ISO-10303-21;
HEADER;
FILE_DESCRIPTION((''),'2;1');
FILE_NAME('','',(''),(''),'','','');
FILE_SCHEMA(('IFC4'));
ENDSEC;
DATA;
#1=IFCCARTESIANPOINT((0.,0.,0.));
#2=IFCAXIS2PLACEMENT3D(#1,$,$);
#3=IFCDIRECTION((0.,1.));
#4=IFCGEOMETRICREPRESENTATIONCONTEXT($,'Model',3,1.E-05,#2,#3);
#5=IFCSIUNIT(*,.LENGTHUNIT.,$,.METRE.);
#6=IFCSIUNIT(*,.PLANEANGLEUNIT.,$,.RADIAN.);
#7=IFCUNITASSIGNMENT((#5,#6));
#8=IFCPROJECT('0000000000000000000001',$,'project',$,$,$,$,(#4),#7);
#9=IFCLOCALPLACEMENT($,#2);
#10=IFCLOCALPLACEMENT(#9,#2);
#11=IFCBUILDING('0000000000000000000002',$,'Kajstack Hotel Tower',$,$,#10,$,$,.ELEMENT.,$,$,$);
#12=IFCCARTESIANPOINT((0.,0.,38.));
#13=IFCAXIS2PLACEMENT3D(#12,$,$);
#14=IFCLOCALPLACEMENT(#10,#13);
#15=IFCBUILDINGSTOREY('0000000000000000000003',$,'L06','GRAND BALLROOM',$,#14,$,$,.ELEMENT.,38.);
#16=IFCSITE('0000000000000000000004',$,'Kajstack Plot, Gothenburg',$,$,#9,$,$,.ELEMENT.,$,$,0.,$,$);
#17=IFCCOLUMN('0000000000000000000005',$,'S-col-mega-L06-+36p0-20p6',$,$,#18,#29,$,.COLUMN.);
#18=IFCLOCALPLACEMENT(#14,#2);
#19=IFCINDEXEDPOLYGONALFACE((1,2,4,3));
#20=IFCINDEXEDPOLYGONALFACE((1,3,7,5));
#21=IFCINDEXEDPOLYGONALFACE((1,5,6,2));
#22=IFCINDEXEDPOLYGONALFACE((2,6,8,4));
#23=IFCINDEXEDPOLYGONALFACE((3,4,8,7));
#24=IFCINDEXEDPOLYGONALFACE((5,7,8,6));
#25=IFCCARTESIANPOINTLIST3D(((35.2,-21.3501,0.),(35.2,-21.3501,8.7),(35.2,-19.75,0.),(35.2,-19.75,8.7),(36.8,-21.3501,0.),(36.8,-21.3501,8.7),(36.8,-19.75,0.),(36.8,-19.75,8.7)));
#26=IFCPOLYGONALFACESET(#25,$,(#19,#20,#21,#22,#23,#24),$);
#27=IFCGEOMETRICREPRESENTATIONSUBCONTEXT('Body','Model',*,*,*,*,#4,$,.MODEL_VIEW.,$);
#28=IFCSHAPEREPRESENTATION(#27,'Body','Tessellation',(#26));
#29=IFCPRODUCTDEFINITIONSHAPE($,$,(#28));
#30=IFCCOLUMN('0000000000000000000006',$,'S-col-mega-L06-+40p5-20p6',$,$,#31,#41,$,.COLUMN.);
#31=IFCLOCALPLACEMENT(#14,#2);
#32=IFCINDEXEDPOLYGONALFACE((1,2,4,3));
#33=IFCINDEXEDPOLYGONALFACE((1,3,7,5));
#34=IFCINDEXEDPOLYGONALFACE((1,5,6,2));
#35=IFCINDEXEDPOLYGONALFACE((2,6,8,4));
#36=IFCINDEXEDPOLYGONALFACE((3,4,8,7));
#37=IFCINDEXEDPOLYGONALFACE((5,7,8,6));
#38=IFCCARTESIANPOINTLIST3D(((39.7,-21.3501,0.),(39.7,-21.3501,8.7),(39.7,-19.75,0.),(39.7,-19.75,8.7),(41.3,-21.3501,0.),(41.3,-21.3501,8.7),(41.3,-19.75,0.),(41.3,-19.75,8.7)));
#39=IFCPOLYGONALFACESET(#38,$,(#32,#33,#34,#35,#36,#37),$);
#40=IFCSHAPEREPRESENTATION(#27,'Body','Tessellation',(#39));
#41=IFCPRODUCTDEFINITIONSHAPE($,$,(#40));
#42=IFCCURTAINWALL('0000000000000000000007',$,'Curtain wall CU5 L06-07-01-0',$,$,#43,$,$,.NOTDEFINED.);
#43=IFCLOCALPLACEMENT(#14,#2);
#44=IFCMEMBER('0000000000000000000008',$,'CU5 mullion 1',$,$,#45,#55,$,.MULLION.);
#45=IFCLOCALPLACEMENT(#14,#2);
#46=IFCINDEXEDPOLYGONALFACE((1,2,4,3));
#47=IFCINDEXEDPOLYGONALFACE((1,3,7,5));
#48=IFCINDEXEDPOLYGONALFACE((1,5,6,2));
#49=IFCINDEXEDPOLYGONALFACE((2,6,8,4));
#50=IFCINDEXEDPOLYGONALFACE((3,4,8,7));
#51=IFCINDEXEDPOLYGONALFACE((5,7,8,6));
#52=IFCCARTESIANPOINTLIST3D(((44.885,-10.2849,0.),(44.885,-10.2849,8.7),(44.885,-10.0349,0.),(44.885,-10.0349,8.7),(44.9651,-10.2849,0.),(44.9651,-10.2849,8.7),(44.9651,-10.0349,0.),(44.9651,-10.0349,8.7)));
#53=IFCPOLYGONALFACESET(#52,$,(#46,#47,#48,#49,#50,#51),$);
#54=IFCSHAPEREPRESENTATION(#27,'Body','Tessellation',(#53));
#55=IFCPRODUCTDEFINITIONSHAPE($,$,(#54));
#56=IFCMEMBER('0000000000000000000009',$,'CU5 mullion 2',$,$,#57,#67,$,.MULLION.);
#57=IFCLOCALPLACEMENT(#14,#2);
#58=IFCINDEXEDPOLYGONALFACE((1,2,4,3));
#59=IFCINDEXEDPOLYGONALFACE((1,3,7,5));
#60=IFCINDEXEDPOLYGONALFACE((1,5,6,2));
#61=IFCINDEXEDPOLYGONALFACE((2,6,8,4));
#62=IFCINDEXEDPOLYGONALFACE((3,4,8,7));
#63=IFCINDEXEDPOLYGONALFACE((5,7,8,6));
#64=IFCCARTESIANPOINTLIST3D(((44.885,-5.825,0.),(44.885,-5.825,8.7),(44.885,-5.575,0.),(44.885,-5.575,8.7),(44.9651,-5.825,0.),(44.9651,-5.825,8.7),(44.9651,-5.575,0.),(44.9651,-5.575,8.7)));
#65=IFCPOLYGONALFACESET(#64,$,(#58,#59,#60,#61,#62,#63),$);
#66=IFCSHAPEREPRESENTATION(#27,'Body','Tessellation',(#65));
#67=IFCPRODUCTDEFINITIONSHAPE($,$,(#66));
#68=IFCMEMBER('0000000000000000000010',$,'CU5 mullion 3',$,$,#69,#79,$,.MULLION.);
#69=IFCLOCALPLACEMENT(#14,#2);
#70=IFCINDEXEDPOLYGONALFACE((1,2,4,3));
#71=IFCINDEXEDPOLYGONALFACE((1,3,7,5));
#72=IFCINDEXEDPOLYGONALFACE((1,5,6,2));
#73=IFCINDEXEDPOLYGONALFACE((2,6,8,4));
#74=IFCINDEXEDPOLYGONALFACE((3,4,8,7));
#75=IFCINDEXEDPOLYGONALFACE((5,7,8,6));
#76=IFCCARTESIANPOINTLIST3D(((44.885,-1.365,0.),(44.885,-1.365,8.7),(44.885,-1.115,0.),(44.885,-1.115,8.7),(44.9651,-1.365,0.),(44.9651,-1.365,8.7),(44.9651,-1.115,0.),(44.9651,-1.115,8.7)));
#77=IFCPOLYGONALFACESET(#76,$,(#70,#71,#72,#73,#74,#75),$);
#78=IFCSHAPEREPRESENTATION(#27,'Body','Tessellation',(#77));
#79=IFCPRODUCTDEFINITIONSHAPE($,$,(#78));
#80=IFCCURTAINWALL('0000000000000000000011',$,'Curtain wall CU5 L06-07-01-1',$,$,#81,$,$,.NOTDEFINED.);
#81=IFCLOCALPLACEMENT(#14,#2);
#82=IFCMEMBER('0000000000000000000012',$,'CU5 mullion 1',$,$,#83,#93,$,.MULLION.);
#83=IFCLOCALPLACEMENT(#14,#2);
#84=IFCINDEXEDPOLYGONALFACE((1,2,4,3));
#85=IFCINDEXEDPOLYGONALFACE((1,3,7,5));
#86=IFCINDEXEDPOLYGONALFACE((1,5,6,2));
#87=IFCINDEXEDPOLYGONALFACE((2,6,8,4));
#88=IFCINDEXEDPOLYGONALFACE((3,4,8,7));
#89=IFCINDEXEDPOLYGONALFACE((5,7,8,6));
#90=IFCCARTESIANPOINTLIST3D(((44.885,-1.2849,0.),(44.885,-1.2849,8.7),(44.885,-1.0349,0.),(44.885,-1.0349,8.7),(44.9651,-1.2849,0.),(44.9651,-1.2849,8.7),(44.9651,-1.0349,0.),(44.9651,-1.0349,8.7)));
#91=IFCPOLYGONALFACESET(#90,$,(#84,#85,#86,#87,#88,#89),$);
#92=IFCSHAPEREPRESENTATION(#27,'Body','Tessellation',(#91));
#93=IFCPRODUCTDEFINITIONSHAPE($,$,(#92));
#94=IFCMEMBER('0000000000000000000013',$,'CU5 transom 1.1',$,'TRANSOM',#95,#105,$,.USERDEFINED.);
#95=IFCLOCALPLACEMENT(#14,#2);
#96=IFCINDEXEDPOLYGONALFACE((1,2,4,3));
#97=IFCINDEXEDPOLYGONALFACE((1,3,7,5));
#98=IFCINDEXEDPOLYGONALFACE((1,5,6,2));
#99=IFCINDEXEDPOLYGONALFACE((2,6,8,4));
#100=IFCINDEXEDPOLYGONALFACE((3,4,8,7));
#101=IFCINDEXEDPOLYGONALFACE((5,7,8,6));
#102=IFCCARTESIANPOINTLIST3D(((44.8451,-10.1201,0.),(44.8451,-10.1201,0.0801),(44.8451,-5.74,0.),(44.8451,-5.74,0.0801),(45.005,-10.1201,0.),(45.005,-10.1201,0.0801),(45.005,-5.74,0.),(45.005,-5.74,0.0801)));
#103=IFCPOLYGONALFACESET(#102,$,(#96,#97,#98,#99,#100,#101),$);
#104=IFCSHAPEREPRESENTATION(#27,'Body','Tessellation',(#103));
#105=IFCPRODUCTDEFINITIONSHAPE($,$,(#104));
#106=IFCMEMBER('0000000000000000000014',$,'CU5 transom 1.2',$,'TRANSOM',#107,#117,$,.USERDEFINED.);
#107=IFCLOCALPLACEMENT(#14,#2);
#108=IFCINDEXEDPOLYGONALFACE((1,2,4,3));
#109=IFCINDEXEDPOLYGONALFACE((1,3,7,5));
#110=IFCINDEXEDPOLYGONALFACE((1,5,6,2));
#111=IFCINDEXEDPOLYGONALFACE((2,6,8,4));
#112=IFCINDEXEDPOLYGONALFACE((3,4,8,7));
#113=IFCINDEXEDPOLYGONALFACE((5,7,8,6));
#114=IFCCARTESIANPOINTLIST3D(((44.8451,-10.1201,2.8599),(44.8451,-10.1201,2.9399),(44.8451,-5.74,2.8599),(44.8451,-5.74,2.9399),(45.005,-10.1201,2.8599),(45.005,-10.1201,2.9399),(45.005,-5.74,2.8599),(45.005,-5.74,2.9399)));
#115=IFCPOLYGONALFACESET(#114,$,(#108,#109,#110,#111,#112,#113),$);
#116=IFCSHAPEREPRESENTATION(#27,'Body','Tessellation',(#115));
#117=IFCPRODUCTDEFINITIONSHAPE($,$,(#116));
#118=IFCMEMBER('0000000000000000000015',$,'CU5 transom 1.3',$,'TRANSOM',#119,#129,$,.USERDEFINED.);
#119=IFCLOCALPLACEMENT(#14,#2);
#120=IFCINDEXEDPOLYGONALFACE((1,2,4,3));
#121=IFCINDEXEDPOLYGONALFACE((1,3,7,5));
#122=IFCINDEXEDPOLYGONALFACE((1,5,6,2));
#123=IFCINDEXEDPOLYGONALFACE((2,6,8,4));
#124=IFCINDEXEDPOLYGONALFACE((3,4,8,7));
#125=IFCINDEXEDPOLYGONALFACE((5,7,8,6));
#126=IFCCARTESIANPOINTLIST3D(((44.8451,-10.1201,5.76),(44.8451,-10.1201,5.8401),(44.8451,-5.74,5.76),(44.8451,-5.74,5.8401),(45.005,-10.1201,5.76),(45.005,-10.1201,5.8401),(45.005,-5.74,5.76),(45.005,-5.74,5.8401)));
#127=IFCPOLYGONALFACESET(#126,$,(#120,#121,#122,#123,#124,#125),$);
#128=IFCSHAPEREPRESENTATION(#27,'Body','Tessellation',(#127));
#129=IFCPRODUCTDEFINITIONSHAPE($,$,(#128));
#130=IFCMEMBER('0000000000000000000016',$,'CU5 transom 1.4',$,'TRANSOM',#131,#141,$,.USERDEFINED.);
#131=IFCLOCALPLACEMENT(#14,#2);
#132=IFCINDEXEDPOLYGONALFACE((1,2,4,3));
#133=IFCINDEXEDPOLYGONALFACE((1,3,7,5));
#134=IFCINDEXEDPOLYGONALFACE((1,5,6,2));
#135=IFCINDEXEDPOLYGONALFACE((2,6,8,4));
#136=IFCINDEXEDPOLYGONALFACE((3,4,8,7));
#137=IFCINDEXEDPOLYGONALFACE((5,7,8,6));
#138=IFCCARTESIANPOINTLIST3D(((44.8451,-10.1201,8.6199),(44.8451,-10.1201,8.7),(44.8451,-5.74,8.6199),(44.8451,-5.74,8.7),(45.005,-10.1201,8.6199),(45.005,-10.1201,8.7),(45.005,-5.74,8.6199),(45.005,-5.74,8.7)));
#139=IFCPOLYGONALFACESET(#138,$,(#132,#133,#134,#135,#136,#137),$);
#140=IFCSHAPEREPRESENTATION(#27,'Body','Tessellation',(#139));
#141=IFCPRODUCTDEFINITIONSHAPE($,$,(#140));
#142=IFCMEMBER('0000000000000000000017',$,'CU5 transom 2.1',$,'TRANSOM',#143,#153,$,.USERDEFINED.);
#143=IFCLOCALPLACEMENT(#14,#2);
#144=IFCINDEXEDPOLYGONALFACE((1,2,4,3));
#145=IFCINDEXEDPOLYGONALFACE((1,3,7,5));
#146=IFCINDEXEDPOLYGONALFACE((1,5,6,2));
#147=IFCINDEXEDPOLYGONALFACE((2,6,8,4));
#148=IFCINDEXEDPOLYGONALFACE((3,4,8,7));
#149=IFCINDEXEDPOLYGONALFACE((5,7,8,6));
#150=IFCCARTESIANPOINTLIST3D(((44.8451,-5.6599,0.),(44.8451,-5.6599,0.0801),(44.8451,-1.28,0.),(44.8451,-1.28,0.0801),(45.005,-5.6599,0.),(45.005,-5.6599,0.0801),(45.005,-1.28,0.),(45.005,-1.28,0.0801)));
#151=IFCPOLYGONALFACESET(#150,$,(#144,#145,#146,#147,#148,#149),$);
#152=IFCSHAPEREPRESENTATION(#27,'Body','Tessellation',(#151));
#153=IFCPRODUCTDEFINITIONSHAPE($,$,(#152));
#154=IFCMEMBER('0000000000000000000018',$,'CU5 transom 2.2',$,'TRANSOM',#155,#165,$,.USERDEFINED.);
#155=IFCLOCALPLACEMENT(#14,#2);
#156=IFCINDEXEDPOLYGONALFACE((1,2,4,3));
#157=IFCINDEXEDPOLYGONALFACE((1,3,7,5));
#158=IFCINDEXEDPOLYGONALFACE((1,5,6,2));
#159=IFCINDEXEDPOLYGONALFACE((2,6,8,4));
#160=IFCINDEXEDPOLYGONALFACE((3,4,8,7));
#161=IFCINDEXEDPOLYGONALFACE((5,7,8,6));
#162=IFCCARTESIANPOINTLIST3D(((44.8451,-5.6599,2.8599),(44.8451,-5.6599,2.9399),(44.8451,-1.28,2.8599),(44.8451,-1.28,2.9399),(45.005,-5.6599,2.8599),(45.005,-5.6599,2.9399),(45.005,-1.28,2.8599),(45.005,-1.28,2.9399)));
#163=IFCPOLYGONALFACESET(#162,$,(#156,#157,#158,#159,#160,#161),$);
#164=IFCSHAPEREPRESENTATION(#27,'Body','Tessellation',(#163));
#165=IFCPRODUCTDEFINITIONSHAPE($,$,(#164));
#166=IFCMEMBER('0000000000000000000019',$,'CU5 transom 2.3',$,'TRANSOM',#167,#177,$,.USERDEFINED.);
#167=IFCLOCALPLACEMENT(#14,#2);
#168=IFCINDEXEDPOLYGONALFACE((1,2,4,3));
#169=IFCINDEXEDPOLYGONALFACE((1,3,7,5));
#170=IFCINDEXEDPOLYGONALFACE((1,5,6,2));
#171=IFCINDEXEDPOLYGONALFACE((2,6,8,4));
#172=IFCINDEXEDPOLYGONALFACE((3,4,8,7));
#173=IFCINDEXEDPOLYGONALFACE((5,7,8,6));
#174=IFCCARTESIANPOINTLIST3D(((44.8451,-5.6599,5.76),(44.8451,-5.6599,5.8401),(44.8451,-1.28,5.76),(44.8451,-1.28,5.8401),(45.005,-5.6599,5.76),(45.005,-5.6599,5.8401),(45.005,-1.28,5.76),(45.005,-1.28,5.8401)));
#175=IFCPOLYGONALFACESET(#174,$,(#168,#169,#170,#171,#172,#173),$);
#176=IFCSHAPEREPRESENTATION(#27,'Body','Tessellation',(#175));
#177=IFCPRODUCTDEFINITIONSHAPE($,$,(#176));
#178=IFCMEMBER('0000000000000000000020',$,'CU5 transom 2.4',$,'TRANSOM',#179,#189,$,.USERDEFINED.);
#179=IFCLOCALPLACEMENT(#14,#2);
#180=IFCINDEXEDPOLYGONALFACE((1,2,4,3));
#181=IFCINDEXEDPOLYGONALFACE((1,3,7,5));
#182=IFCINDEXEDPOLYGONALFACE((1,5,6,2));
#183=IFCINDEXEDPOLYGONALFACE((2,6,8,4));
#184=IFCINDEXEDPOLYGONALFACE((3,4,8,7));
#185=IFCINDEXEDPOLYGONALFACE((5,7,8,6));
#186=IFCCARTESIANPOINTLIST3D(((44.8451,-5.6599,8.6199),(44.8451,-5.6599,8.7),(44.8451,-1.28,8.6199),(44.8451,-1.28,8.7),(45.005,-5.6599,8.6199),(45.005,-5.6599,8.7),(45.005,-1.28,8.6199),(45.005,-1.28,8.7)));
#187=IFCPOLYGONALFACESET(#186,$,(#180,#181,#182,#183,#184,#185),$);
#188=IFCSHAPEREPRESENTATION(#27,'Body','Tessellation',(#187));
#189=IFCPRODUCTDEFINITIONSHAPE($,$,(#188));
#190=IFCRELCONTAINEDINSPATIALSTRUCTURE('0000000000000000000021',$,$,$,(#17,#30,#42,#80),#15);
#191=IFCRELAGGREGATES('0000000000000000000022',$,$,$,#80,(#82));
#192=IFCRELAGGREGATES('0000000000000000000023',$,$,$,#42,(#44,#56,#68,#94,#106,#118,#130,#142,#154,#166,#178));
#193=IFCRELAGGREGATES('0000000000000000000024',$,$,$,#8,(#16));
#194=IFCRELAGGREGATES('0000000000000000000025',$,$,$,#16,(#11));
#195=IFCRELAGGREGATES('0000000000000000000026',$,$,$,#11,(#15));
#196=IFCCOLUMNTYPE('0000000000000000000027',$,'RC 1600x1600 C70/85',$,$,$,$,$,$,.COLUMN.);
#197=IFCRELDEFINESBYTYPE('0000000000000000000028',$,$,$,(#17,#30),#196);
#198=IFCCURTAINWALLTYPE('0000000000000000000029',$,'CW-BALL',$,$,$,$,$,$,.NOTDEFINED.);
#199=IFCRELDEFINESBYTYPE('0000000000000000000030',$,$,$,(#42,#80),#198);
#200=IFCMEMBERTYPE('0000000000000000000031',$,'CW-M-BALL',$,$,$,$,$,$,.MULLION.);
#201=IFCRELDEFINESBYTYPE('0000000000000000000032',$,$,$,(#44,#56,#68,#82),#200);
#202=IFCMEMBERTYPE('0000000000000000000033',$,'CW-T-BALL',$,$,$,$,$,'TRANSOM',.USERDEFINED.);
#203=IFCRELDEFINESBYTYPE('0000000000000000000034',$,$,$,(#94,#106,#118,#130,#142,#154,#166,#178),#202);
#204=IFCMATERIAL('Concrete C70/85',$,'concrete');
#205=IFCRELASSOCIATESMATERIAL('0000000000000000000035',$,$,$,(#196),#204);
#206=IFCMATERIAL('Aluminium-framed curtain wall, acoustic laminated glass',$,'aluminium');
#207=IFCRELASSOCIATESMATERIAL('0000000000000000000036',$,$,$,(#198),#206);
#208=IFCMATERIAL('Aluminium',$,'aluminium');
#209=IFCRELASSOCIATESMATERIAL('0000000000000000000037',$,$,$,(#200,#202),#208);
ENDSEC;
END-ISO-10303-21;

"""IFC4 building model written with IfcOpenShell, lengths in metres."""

from ifc_helpers import new_model, si_unit, direction, frame, origin, origin_2d, place, context, subcontext, project, spatial, rectangle, extrude, material, material_profile, profile_set, type_object, element, aggregate, save


model = new_model("IFC4")

# Units and contexts
model_context = context("Model", 3, precision=1e-05, world=origin(), true_north=direction((0.0, 1.0)))
body_context = subcontext(model_context, "Body", "Model", "MODEL_VIEW")
ifc_project = project(units=[si_unit("LENGTHUNIT", "METRE"), si_unit("PLANEANGLEUNIT", "RADIAN")], contexts=[model_context])

# Site, building, storey
site_placement = place(None, origin())
site = spatial("IfcSite", under=ifc_project, at=site_placement, Name="Kajstack Plot, Gothenburg", CompositionType="ELEMENT", RefElevation=0.0)
building_placement = place(site_placement, origin())
building = spatial("IfcBuilding", under=site, at=building_placement, Name="Kajstack Hotel Tower", CompositionType="ELEMENT")
storey_placement = place(building_placement, frame((0.0, 0.0, 38.0)))
storey = spatial("IfcBuildingStorey", under=building, at=storey_placement, Name="L06", Description="GRAND BALLROOM", CompositionType="ELEMENT", Elevation=38.0)

# Columns
ifc_material_1 = material(Name="Concrete C70/85", Category="concrete")
ifc_material_profile_1 = material_profile(ifc_material_1, rectangle(XDim=1.6001, YDim=1.6001, at=origin_2d()), Name="RC 1600x1600")
ifc_profile_set_1 = profile_set([ifc_material_profile_1], Name="Concrete C70/85")
column_type = type_object("IfcColumnType", Name="RC 1600x1600 C70/85", PredefinedType="COLUMN", material=ifc_profile_set_1)
for number, where, z_axis, x_axis, name in (
    (1, (36.0, -20.55, 0.0), (0.0, 0.0, 1.0), (1.0, 0.0, 0.0), "S-col-mega-L06-+36p0-20p6"),
    (2, (40.5, -20.55, 0.0), (0.0, 0.0, 1.0), (1.0, 0.0, 0.0), "S-col-mega-L06-+40p5-20p6"),
):
    element("IfcColumn", number, at=place(storey_placement, frame(where, z_axis=z_axis, x_axis=x_axis)), inside=storey, type_object=column_type, Name=name, PredefinedType="COLUMN", context=body_context, shape_type="SweptSolid", body=[
        extrude(rectangle(XDim=1.6001, YDim=1.6001, at=origin_2d()), origin(), (0.0, 0.0, 1.0), 8.7),
    ])

# Curtain wall, members
ifc_material_2 = material(Name="Aluminium-framed curtain wall, acoustic laminated glass", Category="aluminium")
curtain_wall_type = type_object("IfcCurtainWallType", Name="CW-BALL", PredefinedType="NOTDEFINED", material=ifc_material_2)
curtain_wall_1_placement = place(storey_placement, origin())
curtain_wall_1 = element("IfcCurtainWall", 3, at=curtain_wall_1_placement, inside=storey, type_object=curtain_wall_type, Name="Curtain wall CU5 L06-07-01-0", PredefinedType="NOTDEFINED")
ifc_material_3 = material(Name="Aluminium", Category="aluminium")
ifc_material_profile_2 = material_profile(ifc_material_3, rectangle(XDim=0.0801, YDim=0.25, at=origin_2d()), Name="Aluminium mullion 80 x 250")
ifc_profile_set_2 = profile_set([ifc_material_profile_2], Name="Aluminium")
member_type_1 = type_object("IfcMemberType", Name="CW-M-BALL", PredefinedType="MULLION", material=ifc_profile_set_2)
member_1_placement = place(storey_placement, frame((44.925, -10.1599, 0.0), z_axis=(0.0, 0.0, 1.0), x_axis=(-1.0, 0.0, 0.0)))
member_1 = element("IfcMember", 4, at=member_1_placement, type_object=member_type_1, Name="CU5 mullion 1", PredefinedType="MULLION", context=body_context, shape_type="SweptSolid", body=[
    extrude(rectangle(XDim=0.0801, YDim=0.25, at=origin_2d()), origin(), (0.0, 0.0, 1.0), 8.7),
])
member_2_placement = place(storey_placement, frame((44.925, -5.7, 0.0), z_axis=(0.0, 0.0, 1.0), x_axis=(-1.0, 0.0, 0.0)))
member_2 = element("IfcMember", 5, at=member_2_placement, type_object=member_type_1, Name="CU5 mullion 2", PredefinedType="MULLION", context=body_context, shape_type="SweptSolid", body=[
    extrude(rectangle(XDim=0.0801, YDim=0.25, at=origin_2d()), origin(), (0.0, 0.0, 1.0), 8.7),
])
member_3_placement = place(storey_placement, frame((44.925, -1.24, 0.0), z_axis=(0.0, 0.0, 1.0), x_axis=(-1.0, 0.0, 0.0)))
member_3 = element("IfcMember", 6, at=member_3_placement, type_object=member_type_1, Name="CU5 mullion 3", PredefinedType="MULLION", context=body_context, shape_type="SweptSolid", body=[
    extrude(rectangle(XDim=0.0801, YDim=0.25, at=origin_2d()), origin(), (0.0, 0.0, 1.0), 8.7),
])

# Curtain wall, member
curtain_wall_2_placement = place(storey_placement, origin())
curtain_wall_2 = element("IfcCurtainWall", 7, at=curtain_wall_2_placement, inside=storey, type_object=curtain_wall_type, Name="Curtain wall CU5 L06-07-01-1", PredefinedType="NOTDEFINED")
member_4_placement = place(storey_placement, frame((44.925, -1.1599, 0.0), z_axis=(0.0, 0.0, 1.0), x_axis=(-1.0, 0.0, 0.0)))
member_4 = element("IfcMember", 8, at=member_4_placement, type_object=member_type_1, Name="CU5 mullion 1", PredefinedType="MULLION", context=body_context, shape_type="SweptSolid", body=[
    extrude(rectangle(XDim=0.0801, YDim=0.25, at=origin_2d()), origin(), (0.0, 0.0, 1.0), 8.7),
])
aggregate(curtain_wall_2, [member_4])

# Members
ifc_material_profile_3 = material_profile(ifc_material_3, rectangle(XDim=0.1599, YDim=0.0801, at=origin_2d()), Name="Aluminium transom 160 x 80")
ifc_profile_set_3 = profile_set([ifc_material_profile_3], Name="Aluminium")
member_type_2 = type_object("IfcMemberType", Name="CW-T-BALL", ElementType="TRANSOM", PredefinedType="USERDEFINED", material=ifc_profile_set_3)
member_5_placement = place(storey_placement, frame((44.925, -10.1201, 0.04), z_axis=(0.0, 1.0, 0.0), x_axis=(-1.0, 0.0, 0.0)))
member_5 = element("IfcMember", 9, at=member_5_placement, type_object=member_type_2, Name="CU5 transom 1.1", ObjectType="TRANSOM", PredefinedType="USERDEFINED", context=body_context, shape_type="SweptSolid", body=[
    extrude(rectangle(XDim=0.1599, YDim=0.0801, at=origin_2d()), origin(), (0.0, 0.0, 1.0), 4.3801),
])
member_6_placement = place(storey_placement, frame((44.925, -10.1201, 2.8999), z_axis=(0.0, 1.0, 0.0), x_axis=(-1.0, 0.0, 0.0)))
member_6 = element("IfcMember", 10, at=member_6_placement, type_object=member_type_2, Name="CU5 transom 1.2", ObjectType="TRANSOM", PredefinedType="USERDEFINED", context=body_context, shape_type="SweptSolid", body=[
    extrude(rectangle(XDim=0.1599, YDim=0.0801, at=origin_2d()), origin(), (0.0, 0.0, 1.0), 4.3801),
])
member_7_placement = place(storey_placement, frame((44.925, -10.1201, 5.8), z_axis=(0.0, 1.0, 0.0), x_axis=(-1.0, 0.0, 0.0)))
member_7 = element("IfcMember", 11, at=member_7_placement, type_object=member_type_2, Name="CU5 transom 1.3", ObjectType="TRANSOM", PredefinedType="USERDEFINED", context=body_context, shape_type="SweptSolid", body=[
    extrude(rectangle(XDim=0.1599, YDim=0.0801, at=origin_2d()), origin(), (0.0, 0.0, 1.0), 4.3801),
])
member_8_placement = place(storey_placement, frame((44.925, -10.1201, 8.6599), z_axis=(0.0, 1.0, 0.0), x_axis=(-1.0, 0.0, 0.0)))
member_8 = element("IfcMember", 12, at=member_8_placement, type_object=member_type_2, Name="CU5 transom 1.4", ObjectType="TRANSOM", PredefinedType="USERDEFINED", context=body_context, shape_type="SweptSolid", body=[
    extrude(rectangle(XDim=0.1599, YDim=0.0801, at=origin_2d()), origin(), (0.0, 0.0, 1.0), 4.3801),
])
member_9_placement = place(storey_placement, frame((44.925, -5.6599, 0.04), z_axis=(0.0, 1.0, 0.0), x_axis=(-1.0, 0.0, 0.0)))
member_9 = element("IfcMember", 13, at=member_9_placement, type_object=member_type_2, Name="CU5 transom 2.1", ObjectType="TRANSOM", PredefinedType="USERDEFINED", context=body_context, shape_type="SweptSolid", body=[
    extrude(rectangle(XDim=0.1599, YDim=0.0801, at=origin_2d()), origin(), (0.0, 0.0, 1.0), 4.3799),
])
member_10_placement = place(storey_placement, frame((44.925, -5.6599, 2.8999), z_axis=(0.0, 1.0, 0.0), x_axis=(-1.0, 0.0, 0.0)))
member_10 = element("IfcMember", 14, at=member_10_placement, type_object=member_type_2, Name="CU5 transom 2.2", ObjectType="TRANSOM", PredefinedType="USERDEFINED", context=body_context, shape_type="SweptSolid", body=[
    extrude(rectangle(XDim=0.1599, YDim=0.0801, at=origin_2d()), origin(), (0.0, 0.0, 1.0), 4.3799),
])
member_11_placement = place(storey_placement, frame((44.925, -5.6599, 5.8), z_axis=(0.0, 1.0, 0.0), x_axis=(-1.0, 0.0, 0.0)))
member_11 = element("IfcMember", 15, at=member_11_placement, type_object=member_type_2, Name="CU5 transom 2.3", ObjectType="TRANSOM", PredefinedType="USERDEFINED", context=body_context, shape_type="SweptSolid", body=[
    extrude(rectangle(XDim=0.1599, YDim=0.0801, at=origin_2d()), origin(), (0.0, 0.0, 1.0), 4.3799),
])
member_12_placement = place(storey_placement, frame((44.925, -5.6599, 8.6599), z_axis=(0.0, 1.0, 0.0), x_axis=(-1.0, 0.0, 0.0)))
member_12 = element("IfcMember", 16, at=member_12_placement, type_object=member_type_2, Name="CU5 transom 2.4", ObjectType="TRANSOM", PredefinedType="USERDEFINED", context=body_context, shape_type="SweptSolid", body=[
    extrude(rectangle(XDim=0.1599, YDim=0.0801, at=origin_2d()), origin(), (0.0, 0.0, 1.0), 4.3799),
])

aggregate(curtain_wall_1, [member_1, member_2, member_3, member_5, member_6, member_7, member_8, member_9, member_10, member_11, member_12])

save(model, "model.ifc")
